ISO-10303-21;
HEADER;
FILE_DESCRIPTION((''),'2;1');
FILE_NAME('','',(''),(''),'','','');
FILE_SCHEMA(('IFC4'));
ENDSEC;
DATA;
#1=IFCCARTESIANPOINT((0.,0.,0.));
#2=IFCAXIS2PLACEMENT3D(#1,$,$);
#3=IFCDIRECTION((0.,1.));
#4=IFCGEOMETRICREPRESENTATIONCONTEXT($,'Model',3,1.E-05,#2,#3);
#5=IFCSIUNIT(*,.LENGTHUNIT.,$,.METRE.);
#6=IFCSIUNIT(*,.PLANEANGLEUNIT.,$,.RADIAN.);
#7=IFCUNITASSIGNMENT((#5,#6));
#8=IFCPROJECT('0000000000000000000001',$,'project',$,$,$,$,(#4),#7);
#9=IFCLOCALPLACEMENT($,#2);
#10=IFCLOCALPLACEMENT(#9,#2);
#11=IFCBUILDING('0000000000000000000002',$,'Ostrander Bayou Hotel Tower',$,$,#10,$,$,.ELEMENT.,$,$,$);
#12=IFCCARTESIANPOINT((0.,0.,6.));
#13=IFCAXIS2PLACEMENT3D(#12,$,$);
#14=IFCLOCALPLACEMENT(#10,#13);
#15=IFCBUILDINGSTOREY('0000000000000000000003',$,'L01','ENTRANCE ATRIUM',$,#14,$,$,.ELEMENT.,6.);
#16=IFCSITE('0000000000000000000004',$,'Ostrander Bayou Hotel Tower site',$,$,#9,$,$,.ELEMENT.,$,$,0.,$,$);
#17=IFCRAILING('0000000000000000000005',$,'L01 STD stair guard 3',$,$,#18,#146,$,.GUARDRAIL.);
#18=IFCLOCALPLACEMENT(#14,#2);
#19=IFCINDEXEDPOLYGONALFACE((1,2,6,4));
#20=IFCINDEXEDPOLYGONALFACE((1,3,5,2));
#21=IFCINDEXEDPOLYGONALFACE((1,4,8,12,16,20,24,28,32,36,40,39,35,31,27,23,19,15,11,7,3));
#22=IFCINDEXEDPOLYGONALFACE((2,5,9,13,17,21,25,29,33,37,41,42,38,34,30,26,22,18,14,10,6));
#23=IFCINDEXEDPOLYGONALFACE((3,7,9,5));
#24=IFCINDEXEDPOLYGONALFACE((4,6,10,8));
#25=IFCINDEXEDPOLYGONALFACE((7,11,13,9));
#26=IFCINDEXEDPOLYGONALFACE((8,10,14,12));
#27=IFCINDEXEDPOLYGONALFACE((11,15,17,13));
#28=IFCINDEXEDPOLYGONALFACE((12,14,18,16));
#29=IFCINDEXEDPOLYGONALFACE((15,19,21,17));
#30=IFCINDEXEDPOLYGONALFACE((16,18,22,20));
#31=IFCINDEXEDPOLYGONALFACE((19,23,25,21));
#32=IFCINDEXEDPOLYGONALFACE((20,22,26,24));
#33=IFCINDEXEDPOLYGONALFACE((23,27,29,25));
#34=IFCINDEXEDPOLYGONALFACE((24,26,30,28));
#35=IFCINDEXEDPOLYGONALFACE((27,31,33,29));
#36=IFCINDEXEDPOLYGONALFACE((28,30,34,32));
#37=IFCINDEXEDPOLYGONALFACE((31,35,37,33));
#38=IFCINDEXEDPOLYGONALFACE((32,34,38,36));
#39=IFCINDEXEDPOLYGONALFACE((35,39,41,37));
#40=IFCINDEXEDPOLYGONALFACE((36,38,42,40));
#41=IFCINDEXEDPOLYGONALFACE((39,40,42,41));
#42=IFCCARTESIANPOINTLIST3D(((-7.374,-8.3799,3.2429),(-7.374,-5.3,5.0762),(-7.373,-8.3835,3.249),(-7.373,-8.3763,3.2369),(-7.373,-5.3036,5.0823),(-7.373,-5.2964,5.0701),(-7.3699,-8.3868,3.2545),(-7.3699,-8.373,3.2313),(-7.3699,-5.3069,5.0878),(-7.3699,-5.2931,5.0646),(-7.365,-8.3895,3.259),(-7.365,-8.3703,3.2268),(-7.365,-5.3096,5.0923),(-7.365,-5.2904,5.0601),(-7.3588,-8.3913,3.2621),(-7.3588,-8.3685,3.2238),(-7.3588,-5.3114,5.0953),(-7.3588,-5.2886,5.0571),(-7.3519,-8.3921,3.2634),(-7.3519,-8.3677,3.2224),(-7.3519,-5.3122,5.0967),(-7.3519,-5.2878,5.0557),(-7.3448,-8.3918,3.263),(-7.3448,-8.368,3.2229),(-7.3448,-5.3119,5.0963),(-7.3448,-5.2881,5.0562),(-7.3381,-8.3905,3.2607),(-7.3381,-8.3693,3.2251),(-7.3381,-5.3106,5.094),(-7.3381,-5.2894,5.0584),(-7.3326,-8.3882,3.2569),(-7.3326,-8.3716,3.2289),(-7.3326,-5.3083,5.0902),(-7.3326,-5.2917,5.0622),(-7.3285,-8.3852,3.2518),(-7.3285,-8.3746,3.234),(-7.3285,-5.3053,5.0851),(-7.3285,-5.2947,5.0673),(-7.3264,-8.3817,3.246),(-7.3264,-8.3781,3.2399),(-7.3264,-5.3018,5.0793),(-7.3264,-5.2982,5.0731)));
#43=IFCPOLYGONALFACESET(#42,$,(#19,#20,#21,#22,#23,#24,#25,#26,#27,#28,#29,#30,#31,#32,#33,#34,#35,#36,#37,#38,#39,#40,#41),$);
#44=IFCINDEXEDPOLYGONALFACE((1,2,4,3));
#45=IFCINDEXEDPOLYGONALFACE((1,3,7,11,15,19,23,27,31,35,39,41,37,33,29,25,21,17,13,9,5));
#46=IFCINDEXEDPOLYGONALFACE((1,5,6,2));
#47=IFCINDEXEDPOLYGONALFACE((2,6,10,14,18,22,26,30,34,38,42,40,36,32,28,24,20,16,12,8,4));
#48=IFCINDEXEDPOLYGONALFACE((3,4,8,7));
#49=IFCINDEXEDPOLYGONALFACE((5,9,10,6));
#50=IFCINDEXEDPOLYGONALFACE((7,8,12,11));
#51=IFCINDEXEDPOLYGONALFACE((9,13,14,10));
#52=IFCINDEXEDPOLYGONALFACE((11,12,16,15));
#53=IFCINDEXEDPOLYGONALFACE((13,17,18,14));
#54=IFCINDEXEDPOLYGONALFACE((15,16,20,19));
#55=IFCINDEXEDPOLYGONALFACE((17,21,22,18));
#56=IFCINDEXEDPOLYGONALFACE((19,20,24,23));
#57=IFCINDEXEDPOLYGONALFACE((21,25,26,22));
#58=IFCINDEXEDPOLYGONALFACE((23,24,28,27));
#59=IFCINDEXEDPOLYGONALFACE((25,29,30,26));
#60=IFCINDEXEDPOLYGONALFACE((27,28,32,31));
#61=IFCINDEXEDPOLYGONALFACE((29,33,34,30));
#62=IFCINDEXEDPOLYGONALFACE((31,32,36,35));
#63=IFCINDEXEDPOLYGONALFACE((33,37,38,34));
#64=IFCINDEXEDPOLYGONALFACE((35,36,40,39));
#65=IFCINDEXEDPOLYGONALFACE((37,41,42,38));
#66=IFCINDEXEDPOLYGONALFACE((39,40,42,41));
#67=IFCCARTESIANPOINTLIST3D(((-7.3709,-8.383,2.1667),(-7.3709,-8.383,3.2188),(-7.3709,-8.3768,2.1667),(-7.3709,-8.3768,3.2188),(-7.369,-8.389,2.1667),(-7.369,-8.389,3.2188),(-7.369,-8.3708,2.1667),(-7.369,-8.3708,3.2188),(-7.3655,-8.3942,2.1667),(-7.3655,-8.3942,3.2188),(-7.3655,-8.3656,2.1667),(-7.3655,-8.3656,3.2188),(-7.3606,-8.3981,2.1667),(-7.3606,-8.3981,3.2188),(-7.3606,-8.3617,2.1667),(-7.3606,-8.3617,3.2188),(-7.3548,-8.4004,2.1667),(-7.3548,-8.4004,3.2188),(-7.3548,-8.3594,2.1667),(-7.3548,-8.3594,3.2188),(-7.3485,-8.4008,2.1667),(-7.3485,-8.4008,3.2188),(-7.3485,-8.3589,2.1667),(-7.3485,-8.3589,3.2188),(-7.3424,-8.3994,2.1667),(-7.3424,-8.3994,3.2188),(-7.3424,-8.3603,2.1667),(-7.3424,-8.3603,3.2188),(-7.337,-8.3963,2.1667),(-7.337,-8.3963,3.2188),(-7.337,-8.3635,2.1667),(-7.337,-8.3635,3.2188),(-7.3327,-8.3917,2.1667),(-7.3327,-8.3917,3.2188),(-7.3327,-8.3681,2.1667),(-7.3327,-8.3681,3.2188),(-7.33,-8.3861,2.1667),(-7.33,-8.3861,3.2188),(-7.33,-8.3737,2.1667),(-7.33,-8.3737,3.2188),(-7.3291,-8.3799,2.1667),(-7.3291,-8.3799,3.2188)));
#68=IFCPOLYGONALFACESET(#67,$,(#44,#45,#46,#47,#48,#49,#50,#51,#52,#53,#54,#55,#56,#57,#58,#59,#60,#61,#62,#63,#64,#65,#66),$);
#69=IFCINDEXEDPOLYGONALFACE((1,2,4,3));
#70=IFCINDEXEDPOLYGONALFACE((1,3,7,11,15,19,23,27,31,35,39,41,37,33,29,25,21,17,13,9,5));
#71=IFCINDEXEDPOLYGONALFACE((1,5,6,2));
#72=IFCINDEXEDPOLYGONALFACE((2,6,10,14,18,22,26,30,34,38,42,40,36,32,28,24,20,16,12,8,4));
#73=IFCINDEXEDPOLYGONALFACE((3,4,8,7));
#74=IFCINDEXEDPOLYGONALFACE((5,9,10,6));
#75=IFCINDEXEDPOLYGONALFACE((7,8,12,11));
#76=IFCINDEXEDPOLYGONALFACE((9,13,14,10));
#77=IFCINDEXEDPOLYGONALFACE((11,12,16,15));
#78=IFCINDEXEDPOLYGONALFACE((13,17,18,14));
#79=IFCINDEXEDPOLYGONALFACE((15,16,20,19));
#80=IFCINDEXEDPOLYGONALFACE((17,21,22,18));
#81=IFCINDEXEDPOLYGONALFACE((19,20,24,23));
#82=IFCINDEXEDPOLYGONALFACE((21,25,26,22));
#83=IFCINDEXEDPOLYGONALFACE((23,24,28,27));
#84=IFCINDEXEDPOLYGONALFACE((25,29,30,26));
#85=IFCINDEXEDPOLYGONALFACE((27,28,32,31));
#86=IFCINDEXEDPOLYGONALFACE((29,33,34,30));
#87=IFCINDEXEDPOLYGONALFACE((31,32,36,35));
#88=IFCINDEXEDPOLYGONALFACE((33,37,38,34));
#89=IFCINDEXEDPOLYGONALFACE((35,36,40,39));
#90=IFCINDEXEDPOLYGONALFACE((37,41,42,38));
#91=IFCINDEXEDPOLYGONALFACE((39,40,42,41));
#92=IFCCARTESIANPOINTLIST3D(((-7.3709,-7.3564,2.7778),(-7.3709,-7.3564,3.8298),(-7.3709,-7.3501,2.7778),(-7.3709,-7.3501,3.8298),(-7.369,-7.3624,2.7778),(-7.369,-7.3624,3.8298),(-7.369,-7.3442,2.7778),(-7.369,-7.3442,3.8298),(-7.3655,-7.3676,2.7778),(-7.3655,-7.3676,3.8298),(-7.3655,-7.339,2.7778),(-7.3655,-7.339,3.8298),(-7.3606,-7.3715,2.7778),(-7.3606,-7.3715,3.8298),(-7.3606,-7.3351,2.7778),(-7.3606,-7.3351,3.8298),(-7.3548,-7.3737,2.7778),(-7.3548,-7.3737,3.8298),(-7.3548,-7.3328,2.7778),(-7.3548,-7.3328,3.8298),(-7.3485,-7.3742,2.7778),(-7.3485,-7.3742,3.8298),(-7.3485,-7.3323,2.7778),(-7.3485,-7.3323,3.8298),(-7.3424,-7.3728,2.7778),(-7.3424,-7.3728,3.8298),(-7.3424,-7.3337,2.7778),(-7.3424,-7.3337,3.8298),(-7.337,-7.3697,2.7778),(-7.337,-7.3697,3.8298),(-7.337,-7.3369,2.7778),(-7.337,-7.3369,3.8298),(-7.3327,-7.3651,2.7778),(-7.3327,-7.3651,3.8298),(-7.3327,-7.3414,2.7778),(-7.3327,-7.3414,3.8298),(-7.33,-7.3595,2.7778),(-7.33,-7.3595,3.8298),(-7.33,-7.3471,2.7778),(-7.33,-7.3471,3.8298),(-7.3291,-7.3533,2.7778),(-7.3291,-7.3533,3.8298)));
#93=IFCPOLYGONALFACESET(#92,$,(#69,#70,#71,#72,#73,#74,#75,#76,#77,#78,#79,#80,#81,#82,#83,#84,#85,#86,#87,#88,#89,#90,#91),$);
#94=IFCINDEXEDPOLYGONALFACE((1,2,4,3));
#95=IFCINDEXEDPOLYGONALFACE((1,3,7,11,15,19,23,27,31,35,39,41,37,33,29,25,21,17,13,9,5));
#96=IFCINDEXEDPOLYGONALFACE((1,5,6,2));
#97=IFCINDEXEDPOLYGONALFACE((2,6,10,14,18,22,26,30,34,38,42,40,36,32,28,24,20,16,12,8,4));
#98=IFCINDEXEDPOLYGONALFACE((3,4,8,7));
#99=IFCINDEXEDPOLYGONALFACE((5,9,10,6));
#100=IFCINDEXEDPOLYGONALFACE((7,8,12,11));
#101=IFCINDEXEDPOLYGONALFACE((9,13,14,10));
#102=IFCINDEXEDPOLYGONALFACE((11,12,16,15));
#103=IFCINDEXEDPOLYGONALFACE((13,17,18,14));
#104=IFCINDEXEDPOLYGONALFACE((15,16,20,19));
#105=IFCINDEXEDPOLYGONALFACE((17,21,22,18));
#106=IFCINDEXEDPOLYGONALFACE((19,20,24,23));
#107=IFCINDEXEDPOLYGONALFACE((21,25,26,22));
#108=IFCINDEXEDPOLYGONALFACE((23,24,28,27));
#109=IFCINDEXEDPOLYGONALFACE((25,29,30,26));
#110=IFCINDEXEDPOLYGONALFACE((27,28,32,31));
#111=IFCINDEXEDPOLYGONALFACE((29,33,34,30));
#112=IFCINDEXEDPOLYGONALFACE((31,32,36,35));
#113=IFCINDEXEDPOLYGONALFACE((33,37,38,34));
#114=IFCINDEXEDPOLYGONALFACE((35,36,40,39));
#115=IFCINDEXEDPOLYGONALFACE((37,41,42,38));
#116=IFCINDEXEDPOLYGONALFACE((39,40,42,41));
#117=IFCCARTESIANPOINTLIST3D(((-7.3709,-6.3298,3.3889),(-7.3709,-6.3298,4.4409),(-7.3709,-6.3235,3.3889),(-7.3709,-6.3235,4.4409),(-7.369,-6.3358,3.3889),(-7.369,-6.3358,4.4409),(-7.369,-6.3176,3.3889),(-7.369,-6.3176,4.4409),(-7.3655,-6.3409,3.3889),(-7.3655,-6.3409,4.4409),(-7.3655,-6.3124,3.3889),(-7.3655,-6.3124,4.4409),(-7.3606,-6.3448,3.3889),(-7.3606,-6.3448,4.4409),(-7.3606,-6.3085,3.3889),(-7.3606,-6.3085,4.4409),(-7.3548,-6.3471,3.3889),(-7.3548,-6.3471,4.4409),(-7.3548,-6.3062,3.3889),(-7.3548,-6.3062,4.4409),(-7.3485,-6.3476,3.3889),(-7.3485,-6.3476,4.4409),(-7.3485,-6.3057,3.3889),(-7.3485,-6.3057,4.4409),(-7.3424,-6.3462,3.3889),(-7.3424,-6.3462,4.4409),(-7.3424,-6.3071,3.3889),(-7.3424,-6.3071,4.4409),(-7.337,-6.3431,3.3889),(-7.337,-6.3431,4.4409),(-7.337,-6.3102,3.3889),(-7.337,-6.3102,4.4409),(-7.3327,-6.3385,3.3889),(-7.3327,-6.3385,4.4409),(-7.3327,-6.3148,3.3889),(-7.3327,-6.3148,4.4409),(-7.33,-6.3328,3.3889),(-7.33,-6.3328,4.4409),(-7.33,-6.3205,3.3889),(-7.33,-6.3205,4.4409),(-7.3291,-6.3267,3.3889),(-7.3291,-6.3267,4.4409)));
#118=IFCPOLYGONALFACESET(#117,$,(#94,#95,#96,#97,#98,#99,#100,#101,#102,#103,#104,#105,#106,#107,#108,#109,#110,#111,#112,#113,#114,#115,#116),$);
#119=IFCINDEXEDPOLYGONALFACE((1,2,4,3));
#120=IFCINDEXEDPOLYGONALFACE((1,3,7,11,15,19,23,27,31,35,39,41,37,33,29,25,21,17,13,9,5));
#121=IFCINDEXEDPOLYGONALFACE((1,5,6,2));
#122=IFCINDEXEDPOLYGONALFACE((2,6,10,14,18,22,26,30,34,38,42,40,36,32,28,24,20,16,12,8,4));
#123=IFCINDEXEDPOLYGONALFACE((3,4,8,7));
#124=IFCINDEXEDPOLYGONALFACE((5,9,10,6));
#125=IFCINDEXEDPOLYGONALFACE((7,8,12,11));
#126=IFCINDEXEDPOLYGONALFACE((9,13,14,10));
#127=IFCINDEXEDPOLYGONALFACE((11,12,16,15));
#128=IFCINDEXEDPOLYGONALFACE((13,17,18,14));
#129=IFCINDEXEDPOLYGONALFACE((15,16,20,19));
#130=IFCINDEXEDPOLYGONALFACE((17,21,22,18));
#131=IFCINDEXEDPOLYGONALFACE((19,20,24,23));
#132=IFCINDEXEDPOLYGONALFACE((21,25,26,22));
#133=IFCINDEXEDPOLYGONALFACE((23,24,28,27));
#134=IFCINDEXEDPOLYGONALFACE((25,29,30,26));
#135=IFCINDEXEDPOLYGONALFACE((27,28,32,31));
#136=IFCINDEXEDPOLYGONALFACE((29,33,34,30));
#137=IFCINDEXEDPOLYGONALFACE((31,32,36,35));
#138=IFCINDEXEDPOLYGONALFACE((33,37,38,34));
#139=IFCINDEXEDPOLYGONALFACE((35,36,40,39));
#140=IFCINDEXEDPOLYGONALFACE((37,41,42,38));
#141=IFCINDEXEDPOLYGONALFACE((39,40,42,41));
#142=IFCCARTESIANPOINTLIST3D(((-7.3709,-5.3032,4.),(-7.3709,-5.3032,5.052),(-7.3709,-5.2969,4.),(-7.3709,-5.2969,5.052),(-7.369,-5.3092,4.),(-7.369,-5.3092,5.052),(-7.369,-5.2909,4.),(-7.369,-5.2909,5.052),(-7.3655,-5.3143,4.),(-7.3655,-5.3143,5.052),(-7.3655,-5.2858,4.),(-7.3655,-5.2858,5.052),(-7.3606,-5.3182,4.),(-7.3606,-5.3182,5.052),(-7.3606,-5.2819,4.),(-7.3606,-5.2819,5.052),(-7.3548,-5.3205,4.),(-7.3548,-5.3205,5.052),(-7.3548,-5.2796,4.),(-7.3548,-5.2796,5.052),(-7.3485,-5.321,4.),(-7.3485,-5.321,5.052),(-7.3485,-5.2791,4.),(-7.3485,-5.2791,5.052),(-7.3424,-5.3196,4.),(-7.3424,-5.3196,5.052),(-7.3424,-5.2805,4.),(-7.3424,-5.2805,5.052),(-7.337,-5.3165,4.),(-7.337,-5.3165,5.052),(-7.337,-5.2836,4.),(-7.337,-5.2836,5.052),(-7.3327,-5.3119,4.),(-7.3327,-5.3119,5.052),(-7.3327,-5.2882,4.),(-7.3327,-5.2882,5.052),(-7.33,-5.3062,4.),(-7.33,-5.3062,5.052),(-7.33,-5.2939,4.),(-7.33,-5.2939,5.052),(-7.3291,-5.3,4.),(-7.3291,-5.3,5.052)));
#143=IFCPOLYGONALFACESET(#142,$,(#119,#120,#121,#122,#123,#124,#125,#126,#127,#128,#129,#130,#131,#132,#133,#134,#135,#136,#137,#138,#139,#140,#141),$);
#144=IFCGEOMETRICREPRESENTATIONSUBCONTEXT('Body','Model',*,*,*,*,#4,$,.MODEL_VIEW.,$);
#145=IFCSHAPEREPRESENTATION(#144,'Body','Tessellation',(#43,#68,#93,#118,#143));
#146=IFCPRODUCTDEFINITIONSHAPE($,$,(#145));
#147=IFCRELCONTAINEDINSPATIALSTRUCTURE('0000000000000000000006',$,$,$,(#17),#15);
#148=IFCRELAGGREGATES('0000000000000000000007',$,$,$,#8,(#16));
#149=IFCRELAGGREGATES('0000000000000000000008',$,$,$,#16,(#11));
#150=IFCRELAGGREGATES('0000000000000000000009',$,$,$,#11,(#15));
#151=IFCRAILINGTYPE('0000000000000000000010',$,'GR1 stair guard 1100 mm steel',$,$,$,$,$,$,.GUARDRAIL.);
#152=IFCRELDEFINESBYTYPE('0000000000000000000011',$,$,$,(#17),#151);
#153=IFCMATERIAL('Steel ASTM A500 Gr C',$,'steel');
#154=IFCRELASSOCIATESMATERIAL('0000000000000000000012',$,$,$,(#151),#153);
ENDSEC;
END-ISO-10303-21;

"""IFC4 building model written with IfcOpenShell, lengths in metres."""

from ifc_helpers import new_model, si_unit, direction, frame, origin, origin_2d, place, context, subcontext, project, spatial, circle, extrude, material, type_object, element, save


model = new_model("IFC4")

# Units and contexts
model_context = context("Model", 3, precision=1e-05, world=origin(), true_north=direction((0.0, 1.0)))
body_context = subcontext(model_context, "Body", "Model", "MODEL_VIEW")
ifc_project = project(units=[si_unit("LENGTHUNIT", "METRE"), si_unit("PLANEANGLEUNIT", "RADIAN")], contexts=[model_context])

# Site, building, storey
site_placement = place(None, origin())
site = spatial("IfcSite", under=ifc_project, at=site_placement, Name="Ostrander Bayou Hotel Tower site", CompositionType="ELEMENT", RefElevation=0.0)
building_placement = place(site_placement, origin())
building = spatial("IfcBuilding", under=site, at=building_placement, Name="Ostrander Bayou Hotel Tower", CompositionType="ELEMENT")
storey_placement = place(building_placement, frame((0.0, 0.0, 6.0)))
storey = spatial("IfcBuildingStorey", under=building, at=storey_placement, Name="L01", Description="ENTRANCE ATRIUM", CompositionType="ELEMENT", Elevation=6.0)

# Railing
ifc_material_1 = material(Name="Steel ASTM A500 Gr C", Category="steel")
railing_type = type_object("IfcRailingType", Name="GR1 stair guard 1100 mm steel", PredefinedType="GUARDRAIL", material=ifc_material_1)
railing_1_placement = place(storey_placement, frame((-7.3501, -8.3799, 2.1667)))
element("IfcRailing", 1, at=railing_1_placement, inside=storey, type_object=railing_type, Name="L01 STD stair guard 3", PredefinedType="GUARDRAIL", context=body_context, shape_type="SweptSolid", body=[
    extrude(circle(Radius=0.0239, at=origin_2d()), frame((0.0, 0.0, 1.0762), z_axis=(0.0, 0.859291, 0.511487), x_axis=(-1.0, 0.0, 0.0)), (0.0, 0.0, 1.0), 3.5842),
    extrude(circle(Radius=0.021, at=origin_2d()), origin(), (0.0, 0.0, 1.0), 1.052),
    extrude(circle(Radius=0.021, at=origin_2d()), frame((0.0, 1.0266, 0.6111)), (0.0, 0.0, 1.0), 1.052),
    extrude(circle(Radius=0.021, at=origin_2d()), frame((0.0, 2.0532, 1.2222)), (0.0, 0.0, 1.0), 1.052),
    extrude(circle(Radius=0.021, at=origin_2d()), frame((0.0, 3.0798, 1.8333)), (0.0, 0.0, 1.0), 1.052),
])

save(model, "model.ifc")
